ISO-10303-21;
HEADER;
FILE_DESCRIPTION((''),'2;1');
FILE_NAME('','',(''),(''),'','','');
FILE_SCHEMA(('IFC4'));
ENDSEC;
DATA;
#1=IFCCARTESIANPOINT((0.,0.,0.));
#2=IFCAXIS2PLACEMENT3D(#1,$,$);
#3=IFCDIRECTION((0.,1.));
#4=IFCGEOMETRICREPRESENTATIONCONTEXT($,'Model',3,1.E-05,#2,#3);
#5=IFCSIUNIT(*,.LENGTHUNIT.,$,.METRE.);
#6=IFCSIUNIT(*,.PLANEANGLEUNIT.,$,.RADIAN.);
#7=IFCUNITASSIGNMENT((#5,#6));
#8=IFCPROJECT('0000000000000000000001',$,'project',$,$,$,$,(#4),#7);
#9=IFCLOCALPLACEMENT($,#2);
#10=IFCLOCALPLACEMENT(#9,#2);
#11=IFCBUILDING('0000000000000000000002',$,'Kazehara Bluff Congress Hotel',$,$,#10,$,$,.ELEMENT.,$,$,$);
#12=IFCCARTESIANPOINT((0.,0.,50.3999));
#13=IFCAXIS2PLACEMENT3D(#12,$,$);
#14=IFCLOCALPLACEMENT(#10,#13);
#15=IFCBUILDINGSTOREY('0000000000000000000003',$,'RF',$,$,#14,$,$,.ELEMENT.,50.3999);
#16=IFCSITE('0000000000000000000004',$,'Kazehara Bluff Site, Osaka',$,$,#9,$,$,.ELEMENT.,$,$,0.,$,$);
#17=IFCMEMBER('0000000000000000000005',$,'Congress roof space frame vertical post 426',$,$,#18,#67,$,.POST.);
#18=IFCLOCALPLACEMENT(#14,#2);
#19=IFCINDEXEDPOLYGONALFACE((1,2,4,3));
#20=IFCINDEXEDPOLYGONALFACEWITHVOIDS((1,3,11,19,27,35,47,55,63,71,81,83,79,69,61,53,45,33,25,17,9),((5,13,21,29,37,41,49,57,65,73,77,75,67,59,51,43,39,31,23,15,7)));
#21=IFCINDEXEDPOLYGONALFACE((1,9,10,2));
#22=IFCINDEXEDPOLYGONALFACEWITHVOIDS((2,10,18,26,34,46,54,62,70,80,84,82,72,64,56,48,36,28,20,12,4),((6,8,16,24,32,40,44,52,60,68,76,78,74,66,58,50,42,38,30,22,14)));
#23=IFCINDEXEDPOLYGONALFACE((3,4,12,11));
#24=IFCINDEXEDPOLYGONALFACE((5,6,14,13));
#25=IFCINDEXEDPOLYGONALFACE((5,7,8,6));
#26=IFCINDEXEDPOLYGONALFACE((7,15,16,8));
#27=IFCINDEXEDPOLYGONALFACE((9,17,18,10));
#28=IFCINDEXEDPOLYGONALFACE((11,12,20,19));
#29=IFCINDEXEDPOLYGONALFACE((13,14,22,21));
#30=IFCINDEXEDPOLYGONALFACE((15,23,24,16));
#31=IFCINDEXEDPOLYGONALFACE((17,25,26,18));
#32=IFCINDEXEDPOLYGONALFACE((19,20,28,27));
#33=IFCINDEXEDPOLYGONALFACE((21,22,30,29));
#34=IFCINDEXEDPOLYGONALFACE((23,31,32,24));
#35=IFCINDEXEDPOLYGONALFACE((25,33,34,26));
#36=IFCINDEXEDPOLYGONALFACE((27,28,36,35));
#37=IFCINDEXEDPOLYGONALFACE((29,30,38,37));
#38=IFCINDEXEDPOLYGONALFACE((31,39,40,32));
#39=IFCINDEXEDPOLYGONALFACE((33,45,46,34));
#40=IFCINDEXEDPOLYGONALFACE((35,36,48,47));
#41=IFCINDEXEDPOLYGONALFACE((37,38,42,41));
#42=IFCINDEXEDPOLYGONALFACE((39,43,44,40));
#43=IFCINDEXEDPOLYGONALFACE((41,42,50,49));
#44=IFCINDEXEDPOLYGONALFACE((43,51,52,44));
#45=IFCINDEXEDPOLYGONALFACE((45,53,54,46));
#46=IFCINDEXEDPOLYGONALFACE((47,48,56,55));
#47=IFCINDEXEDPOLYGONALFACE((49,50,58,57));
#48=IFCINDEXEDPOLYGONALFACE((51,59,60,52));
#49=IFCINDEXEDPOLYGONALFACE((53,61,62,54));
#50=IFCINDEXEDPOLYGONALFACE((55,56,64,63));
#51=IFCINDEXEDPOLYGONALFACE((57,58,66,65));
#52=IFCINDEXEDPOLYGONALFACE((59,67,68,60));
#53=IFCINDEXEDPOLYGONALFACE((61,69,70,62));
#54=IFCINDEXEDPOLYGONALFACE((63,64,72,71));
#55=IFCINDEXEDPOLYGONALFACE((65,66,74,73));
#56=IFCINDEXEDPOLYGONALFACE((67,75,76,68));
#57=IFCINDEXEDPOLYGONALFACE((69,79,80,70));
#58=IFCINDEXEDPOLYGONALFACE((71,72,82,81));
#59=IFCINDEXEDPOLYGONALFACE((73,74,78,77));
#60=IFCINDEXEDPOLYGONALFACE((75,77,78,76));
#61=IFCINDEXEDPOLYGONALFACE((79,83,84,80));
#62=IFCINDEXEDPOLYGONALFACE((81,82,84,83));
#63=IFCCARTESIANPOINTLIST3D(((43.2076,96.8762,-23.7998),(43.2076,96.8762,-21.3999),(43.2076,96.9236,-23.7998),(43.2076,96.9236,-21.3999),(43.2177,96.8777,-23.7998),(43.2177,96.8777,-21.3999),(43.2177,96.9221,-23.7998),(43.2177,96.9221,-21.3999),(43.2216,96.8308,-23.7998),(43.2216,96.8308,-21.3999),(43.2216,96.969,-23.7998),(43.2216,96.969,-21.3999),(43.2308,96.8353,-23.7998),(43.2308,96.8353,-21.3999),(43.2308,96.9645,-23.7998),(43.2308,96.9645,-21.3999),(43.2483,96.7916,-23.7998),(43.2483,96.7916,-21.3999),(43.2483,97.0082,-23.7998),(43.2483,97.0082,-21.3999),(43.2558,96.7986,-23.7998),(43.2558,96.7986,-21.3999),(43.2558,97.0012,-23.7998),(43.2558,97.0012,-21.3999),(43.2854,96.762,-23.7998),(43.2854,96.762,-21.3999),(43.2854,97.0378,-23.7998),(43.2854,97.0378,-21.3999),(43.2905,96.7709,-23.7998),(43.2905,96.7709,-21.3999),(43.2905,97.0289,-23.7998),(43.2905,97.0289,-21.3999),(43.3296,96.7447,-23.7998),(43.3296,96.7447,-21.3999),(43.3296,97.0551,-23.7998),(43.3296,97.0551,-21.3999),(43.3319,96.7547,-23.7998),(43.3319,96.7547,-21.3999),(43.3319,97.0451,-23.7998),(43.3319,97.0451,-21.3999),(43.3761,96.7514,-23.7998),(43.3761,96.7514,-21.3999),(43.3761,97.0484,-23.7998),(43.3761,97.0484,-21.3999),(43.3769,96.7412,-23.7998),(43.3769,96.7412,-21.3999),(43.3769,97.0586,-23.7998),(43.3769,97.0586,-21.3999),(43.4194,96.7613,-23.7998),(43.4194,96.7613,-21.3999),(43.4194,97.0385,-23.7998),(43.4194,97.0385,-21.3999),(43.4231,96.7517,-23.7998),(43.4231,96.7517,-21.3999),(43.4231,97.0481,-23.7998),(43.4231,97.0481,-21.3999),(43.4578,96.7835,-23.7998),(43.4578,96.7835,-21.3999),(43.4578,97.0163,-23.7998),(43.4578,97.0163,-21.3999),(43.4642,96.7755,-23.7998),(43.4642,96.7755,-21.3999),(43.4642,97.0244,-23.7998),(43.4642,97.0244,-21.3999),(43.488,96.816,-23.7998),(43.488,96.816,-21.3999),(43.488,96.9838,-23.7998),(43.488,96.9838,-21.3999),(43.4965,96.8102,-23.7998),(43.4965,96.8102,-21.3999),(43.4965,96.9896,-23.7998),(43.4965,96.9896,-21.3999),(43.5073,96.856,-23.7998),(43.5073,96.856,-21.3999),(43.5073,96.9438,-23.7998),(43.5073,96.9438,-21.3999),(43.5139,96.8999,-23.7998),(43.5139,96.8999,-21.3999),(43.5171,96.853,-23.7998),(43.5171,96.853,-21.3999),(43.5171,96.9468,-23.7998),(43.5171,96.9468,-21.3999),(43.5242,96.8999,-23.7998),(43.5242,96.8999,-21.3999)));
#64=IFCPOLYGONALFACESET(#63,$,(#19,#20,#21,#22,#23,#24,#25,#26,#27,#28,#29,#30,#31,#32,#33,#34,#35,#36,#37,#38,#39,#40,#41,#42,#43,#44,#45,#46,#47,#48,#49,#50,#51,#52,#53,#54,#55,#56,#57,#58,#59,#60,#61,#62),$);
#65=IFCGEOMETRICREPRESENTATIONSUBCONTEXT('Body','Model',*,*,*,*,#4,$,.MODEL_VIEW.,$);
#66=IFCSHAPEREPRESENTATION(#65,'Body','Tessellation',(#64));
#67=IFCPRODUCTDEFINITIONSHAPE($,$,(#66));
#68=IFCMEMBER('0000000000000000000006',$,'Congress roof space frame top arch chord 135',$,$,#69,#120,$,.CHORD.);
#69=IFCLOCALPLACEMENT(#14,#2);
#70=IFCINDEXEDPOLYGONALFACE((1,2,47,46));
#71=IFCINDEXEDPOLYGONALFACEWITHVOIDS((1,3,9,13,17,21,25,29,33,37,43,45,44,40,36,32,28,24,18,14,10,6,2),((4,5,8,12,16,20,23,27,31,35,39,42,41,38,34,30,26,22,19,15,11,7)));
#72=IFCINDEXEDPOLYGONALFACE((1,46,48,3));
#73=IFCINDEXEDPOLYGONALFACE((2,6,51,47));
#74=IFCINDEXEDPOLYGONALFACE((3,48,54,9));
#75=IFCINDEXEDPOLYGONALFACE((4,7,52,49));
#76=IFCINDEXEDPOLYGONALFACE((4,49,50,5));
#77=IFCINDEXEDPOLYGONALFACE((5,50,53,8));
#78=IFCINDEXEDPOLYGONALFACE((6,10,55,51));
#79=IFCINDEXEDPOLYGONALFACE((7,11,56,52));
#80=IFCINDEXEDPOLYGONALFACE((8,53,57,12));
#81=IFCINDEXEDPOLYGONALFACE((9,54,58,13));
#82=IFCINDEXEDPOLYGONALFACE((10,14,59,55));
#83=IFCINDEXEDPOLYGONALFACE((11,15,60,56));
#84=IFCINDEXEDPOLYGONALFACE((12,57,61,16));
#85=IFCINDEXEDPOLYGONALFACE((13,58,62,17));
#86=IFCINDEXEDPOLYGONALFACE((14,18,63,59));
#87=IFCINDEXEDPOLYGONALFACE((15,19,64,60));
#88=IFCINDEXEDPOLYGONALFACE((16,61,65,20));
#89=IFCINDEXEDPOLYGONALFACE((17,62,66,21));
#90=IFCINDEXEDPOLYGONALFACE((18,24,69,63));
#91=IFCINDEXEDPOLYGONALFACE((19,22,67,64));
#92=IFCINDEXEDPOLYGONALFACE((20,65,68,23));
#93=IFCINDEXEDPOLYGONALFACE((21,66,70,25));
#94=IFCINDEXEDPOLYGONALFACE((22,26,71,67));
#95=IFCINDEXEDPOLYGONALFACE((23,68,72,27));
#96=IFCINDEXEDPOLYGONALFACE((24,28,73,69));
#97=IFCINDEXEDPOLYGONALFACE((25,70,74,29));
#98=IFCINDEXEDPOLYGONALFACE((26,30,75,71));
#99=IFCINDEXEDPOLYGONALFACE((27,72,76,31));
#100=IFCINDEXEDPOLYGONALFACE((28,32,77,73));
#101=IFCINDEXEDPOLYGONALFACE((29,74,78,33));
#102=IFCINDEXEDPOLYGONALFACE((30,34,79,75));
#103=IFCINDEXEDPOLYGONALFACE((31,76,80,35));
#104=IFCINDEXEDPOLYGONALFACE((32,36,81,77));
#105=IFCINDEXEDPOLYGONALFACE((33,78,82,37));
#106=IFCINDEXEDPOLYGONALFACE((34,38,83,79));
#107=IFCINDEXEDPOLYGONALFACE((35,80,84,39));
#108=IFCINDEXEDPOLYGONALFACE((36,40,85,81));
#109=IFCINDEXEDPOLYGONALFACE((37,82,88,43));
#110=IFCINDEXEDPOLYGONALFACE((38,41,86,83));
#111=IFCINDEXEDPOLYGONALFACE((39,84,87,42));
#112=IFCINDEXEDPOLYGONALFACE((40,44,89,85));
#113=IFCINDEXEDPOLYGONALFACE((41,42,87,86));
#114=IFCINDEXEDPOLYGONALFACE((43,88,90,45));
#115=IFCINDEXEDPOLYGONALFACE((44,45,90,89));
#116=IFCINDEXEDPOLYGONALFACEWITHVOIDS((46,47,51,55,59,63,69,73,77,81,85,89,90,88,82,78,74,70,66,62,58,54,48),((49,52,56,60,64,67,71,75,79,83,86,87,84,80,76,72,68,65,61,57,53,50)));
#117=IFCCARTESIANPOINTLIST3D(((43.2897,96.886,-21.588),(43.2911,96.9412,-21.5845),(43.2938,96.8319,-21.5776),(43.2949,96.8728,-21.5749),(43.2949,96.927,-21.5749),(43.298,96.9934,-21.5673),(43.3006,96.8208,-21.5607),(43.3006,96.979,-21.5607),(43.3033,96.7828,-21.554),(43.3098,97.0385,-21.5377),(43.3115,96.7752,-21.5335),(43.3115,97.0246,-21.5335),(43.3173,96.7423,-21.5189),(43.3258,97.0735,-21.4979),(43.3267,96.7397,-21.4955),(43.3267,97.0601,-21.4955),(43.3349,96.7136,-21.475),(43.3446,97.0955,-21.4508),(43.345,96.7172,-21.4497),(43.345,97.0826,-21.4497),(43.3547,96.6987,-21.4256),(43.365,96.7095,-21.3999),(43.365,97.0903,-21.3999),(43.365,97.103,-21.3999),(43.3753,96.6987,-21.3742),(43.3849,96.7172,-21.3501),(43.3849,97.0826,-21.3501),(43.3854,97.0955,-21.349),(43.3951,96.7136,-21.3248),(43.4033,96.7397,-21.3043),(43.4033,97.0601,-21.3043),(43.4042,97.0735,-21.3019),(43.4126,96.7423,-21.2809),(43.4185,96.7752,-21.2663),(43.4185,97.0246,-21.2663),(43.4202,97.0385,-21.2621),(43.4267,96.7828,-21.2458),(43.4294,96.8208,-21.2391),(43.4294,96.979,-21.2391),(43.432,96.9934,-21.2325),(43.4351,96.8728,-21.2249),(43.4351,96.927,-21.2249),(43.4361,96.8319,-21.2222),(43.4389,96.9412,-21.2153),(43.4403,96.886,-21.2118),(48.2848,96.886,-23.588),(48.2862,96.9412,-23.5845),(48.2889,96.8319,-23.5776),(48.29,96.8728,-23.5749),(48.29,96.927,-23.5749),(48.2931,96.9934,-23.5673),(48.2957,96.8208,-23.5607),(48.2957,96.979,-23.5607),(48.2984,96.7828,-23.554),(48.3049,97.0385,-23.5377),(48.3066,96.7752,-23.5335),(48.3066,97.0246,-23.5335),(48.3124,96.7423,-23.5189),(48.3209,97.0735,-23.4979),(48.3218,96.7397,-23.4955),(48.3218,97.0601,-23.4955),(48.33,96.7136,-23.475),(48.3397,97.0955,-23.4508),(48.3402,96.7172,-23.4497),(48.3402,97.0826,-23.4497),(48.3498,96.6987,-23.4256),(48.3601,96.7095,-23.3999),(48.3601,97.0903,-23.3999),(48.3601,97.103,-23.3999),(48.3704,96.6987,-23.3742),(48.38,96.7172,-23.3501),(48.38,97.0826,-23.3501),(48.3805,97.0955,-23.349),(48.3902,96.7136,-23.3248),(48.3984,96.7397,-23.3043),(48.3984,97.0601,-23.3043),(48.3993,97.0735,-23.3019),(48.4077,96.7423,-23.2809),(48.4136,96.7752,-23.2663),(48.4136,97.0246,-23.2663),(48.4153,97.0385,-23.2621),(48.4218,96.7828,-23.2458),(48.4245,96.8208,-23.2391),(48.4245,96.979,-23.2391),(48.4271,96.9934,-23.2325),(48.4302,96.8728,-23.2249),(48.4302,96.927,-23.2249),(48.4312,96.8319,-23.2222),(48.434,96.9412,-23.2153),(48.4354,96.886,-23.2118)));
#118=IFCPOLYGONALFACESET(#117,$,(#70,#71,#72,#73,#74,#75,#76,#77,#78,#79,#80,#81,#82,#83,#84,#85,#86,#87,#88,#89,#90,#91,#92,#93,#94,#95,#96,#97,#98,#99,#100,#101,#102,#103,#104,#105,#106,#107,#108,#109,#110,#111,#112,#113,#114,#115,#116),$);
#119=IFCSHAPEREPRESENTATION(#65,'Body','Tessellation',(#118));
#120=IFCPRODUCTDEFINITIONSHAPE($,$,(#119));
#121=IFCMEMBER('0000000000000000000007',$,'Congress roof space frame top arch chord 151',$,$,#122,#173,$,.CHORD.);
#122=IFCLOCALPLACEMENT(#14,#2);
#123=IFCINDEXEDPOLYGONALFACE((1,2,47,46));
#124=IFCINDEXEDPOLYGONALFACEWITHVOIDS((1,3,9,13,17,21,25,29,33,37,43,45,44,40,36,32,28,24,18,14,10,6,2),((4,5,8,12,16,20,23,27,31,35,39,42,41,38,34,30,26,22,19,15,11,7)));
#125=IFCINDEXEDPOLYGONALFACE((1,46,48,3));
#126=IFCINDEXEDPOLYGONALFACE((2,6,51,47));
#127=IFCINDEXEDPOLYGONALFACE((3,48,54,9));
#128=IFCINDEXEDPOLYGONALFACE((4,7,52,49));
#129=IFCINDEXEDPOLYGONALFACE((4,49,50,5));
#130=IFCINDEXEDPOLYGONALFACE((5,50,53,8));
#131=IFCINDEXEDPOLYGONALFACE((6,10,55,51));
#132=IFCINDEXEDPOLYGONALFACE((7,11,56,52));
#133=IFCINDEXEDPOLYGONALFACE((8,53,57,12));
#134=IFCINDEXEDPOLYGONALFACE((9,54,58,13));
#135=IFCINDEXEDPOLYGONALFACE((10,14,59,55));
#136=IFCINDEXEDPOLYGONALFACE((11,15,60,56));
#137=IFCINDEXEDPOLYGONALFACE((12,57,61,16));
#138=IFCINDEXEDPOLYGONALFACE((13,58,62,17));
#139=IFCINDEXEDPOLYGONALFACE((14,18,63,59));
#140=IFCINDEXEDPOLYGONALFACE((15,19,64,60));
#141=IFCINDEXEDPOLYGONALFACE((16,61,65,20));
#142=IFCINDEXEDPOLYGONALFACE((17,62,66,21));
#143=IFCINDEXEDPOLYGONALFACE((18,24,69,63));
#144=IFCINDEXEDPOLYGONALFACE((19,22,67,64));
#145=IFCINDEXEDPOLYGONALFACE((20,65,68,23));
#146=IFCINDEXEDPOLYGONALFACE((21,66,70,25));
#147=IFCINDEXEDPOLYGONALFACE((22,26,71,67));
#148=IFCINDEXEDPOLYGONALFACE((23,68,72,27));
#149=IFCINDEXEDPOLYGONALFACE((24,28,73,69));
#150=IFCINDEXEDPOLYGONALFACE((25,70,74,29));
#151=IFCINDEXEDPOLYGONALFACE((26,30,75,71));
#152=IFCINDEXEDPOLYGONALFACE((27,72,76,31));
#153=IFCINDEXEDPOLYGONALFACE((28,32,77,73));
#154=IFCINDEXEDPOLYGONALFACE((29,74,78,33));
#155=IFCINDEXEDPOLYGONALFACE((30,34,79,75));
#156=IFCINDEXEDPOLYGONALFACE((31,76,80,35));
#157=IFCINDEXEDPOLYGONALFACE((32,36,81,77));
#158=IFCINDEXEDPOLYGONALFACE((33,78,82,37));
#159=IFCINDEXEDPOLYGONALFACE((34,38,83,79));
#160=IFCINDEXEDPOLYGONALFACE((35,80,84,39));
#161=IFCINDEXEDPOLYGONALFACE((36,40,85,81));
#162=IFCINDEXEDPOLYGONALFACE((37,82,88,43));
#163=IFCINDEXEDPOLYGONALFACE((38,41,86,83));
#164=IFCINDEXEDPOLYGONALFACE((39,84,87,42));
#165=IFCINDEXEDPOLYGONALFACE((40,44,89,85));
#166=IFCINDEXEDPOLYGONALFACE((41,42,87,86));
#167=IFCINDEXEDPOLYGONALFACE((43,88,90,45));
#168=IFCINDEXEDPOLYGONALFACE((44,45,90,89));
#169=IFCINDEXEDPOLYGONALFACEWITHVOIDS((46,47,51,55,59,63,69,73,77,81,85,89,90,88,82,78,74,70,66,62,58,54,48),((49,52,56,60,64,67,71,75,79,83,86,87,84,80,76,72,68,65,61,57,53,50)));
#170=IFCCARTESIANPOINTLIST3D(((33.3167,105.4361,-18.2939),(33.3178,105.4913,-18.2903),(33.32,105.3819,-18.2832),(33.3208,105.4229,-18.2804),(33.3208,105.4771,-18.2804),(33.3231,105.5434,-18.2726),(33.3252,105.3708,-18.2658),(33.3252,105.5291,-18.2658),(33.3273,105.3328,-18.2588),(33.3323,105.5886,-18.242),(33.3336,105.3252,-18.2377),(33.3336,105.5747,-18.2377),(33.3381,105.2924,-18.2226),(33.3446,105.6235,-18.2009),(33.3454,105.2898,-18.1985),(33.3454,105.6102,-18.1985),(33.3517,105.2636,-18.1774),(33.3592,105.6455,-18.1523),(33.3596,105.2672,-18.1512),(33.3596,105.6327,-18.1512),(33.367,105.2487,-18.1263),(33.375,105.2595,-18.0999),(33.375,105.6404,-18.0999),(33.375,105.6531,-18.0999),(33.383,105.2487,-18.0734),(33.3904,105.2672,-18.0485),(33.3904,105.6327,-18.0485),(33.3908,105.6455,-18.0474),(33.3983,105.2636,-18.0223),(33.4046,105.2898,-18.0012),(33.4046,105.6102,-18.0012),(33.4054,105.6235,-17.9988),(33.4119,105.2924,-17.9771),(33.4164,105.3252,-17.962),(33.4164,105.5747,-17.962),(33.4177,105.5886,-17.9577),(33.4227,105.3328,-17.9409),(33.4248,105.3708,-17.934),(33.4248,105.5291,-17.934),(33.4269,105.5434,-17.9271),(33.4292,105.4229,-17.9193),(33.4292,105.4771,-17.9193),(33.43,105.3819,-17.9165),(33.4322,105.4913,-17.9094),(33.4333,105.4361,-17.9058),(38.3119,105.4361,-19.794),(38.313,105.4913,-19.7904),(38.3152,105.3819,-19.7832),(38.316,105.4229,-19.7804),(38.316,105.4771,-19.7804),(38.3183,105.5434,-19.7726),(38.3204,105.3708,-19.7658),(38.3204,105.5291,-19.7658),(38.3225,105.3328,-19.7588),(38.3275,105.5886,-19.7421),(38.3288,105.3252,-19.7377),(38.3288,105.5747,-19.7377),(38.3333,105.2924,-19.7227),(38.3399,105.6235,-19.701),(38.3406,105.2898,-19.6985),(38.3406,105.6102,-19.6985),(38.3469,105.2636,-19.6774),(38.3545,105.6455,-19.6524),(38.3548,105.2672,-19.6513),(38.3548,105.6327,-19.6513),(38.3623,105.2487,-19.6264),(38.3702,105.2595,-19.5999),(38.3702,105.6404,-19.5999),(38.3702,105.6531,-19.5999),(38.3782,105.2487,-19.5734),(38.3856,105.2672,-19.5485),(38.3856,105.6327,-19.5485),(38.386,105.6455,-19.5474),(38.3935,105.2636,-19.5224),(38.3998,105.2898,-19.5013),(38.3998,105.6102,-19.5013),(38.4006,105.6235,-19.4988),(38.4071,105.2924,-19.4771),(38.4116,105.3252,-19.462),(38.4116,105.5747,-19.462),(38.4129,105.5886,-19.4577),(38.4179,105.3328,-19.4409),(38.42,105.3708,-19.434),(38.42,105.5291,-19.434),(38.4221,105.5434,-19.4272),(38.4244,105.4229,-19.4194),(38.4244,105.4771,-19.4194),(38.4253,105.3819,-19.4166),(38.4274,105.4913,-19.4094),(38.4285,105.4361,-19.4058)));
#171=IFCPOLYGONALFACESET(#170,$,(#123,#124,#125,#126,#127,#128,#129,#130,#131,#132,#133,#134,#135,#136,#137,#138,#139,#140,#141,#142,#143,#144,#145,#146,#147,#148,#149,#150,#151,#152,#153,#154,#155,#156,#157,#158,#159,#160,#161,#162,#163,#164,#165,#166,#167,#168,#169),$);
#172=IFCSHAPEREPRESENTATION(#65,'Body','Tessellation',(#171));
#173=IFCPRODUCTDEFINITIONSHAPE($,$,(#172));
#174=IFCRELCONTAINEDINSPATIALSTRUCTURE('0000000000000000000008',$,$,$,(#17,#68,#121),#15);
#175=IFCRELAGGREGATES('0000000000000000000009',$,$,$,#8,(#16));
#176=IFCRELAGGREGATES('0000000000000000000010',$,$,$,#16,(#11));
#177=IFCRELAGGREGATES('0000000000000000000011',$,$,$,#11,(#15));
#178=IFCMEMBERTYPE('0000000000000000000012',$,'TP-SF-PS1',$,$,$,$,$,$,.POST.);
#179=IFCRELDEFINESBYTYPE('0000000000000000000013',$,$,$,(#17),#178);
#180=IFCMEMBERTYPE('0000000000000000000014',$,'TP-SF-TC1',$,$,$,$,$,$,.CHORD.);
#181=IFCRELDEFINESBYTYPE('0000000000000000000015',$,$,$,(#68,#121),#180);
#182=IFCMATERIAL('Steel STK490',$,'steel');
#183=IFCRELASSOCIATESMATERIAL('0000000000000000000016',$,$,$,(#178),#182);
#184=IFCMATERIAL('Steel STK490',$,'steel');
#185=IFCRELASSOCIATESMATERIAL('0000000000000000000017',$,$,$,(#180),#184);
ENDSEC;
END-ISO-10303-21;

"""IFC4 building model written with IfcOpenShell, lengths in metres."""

from ifc_helpers import new_model, si_unit, direction, frame, origin, origin_2d, place, context, subcontext, project, spatial, hollow_circle, extrude, material, material_profile, profile_set, type_object, element, save


model = new_model("IFC4")

# Units and contexts
model_context = context("Model", 3, precision=1e-05, world=origin(), true_north=direction((0.0, 1.0)))
body_context = subcontext(model_context, "Body", "Model", "MODEL_VIEW")
ifc_project = project(units=[si_unit("LENGTHUNIT", "METRE"), si_unit("PLANEANGLEUNIT", "RADIAN")], contexts=[model_context])

# Site, building, storey
site_placement = place(None, origin())
site = spatial("IfcSite", under=ifc_project, at=site_placement, Name="Kazehara Bluff Site, Osaka", CompositionType="ELEMENT", RefElevation=0.0)
building_placement = place(site_placement, origin())
building = spatial("IfcBuilding", under=site, at=building_placement, Name="Kazehara Bluff Congress Hotel", CompositionType="ELEMENT")
storey_placement = place(building_placement, frame((0.0, 0.0, 50.3999)))
storey = spatial("IfcBuildingStorey", under=building, at=storey_placement, Name="RF", CompositionType="ELEMENT", Elevation=50.3999)

# Members
ifc_material_1 = material(Name="Steel STK490", Category="steel")
ifc_material_profile_1 = material_profile(ifc_material_1, hollow_circle(Radius=0.1592, WallThickness=0.0103, at=origin_2d()))
ifc_profile_set_1 = profile_set([ifc_material_profile_1], Name="Steel STK490")
member_type_1 = type_object("IfcMemberType", Name="TP-SF-PS1", PredefinedType="POST", material=ifc_profile_set_1)
member_1_placement = place(storey_placement, frame((43.365, 96.8999, -23.7998), z_axis=(0.0, 0.0, 1.0), x_axis=(1.0, 0.0, 0.0)))
element("IfcMember", 1, at=member_1_placement, inside=storey, type_object=member_type_1, Name="Congress roof space frame vertical post 426", PredefinedType="POST", context=body_context, shape_type="SweptSolid", body=[
    extrude(hollow_circle(Radius=0.1592, WallThickness=0.0103, at=origin_2d()), origin(), (0.0, 0.0, 1.0), 2.3999),
])
ifc_material_2 = material(Name="Steel STK490", Category="steel")
ifc_material_profile_2 = material_profile(ifc_material_2, hollow_circle(Radius=0.2031, WallThickness=0.0127, at=origin_2d()))
ifc_profile_set_2 = profile_set([ifc_material_profile_2], Name="Steel STK490")
member_type_2 = type_object("IfcMemberType", Name="TP-SF-TC1", PredefinedType="CHORD", material=ifc_profile_set_2)
member_2_placement = place(storey_placement, frame((43.365, 96.8999, -21.3999), z_axis=(0.928351, 0.0, -0.371704), x_axis=(0.0, 1.0, 0.0)))
element("IfcMember", 2, at=member_2_placement, inside=storey, type_object=member_type_2, Name="Congress roof space frame top arch chord 135", PredefinedType="CHORD", context=body_context, shape_type="SweptSolid", body=[
    extrude(hollow_circle(Radius=0.2031, WallThickness=0.0127, at=origin_2d()), origin(), (0.0, 0.0, 1.0), 5.3806),
])
member_3_placement = place(storey_placement, frame((33.375, 105.45, -18.0999), z_axis=(0.957749, 0.0, -0.287606), x_axis=(0.0, 1.0, 0.0)))
element("IfcMember", 3, at=member_3_placement, inside=storey, type_object=member_type_2, Name="Congress roof space frame top arch chord 151", PredefinedType="CHORD", context=body_context, shape_type="SweptSolid", body=[
    extrude(hollow_circle(Radius=0.2031, WallThickness=0.0127, at=origin_2d()), origin(), (0.0, 0.0, 1.0), 5.2156),
])

save(model, "model.ifc")
